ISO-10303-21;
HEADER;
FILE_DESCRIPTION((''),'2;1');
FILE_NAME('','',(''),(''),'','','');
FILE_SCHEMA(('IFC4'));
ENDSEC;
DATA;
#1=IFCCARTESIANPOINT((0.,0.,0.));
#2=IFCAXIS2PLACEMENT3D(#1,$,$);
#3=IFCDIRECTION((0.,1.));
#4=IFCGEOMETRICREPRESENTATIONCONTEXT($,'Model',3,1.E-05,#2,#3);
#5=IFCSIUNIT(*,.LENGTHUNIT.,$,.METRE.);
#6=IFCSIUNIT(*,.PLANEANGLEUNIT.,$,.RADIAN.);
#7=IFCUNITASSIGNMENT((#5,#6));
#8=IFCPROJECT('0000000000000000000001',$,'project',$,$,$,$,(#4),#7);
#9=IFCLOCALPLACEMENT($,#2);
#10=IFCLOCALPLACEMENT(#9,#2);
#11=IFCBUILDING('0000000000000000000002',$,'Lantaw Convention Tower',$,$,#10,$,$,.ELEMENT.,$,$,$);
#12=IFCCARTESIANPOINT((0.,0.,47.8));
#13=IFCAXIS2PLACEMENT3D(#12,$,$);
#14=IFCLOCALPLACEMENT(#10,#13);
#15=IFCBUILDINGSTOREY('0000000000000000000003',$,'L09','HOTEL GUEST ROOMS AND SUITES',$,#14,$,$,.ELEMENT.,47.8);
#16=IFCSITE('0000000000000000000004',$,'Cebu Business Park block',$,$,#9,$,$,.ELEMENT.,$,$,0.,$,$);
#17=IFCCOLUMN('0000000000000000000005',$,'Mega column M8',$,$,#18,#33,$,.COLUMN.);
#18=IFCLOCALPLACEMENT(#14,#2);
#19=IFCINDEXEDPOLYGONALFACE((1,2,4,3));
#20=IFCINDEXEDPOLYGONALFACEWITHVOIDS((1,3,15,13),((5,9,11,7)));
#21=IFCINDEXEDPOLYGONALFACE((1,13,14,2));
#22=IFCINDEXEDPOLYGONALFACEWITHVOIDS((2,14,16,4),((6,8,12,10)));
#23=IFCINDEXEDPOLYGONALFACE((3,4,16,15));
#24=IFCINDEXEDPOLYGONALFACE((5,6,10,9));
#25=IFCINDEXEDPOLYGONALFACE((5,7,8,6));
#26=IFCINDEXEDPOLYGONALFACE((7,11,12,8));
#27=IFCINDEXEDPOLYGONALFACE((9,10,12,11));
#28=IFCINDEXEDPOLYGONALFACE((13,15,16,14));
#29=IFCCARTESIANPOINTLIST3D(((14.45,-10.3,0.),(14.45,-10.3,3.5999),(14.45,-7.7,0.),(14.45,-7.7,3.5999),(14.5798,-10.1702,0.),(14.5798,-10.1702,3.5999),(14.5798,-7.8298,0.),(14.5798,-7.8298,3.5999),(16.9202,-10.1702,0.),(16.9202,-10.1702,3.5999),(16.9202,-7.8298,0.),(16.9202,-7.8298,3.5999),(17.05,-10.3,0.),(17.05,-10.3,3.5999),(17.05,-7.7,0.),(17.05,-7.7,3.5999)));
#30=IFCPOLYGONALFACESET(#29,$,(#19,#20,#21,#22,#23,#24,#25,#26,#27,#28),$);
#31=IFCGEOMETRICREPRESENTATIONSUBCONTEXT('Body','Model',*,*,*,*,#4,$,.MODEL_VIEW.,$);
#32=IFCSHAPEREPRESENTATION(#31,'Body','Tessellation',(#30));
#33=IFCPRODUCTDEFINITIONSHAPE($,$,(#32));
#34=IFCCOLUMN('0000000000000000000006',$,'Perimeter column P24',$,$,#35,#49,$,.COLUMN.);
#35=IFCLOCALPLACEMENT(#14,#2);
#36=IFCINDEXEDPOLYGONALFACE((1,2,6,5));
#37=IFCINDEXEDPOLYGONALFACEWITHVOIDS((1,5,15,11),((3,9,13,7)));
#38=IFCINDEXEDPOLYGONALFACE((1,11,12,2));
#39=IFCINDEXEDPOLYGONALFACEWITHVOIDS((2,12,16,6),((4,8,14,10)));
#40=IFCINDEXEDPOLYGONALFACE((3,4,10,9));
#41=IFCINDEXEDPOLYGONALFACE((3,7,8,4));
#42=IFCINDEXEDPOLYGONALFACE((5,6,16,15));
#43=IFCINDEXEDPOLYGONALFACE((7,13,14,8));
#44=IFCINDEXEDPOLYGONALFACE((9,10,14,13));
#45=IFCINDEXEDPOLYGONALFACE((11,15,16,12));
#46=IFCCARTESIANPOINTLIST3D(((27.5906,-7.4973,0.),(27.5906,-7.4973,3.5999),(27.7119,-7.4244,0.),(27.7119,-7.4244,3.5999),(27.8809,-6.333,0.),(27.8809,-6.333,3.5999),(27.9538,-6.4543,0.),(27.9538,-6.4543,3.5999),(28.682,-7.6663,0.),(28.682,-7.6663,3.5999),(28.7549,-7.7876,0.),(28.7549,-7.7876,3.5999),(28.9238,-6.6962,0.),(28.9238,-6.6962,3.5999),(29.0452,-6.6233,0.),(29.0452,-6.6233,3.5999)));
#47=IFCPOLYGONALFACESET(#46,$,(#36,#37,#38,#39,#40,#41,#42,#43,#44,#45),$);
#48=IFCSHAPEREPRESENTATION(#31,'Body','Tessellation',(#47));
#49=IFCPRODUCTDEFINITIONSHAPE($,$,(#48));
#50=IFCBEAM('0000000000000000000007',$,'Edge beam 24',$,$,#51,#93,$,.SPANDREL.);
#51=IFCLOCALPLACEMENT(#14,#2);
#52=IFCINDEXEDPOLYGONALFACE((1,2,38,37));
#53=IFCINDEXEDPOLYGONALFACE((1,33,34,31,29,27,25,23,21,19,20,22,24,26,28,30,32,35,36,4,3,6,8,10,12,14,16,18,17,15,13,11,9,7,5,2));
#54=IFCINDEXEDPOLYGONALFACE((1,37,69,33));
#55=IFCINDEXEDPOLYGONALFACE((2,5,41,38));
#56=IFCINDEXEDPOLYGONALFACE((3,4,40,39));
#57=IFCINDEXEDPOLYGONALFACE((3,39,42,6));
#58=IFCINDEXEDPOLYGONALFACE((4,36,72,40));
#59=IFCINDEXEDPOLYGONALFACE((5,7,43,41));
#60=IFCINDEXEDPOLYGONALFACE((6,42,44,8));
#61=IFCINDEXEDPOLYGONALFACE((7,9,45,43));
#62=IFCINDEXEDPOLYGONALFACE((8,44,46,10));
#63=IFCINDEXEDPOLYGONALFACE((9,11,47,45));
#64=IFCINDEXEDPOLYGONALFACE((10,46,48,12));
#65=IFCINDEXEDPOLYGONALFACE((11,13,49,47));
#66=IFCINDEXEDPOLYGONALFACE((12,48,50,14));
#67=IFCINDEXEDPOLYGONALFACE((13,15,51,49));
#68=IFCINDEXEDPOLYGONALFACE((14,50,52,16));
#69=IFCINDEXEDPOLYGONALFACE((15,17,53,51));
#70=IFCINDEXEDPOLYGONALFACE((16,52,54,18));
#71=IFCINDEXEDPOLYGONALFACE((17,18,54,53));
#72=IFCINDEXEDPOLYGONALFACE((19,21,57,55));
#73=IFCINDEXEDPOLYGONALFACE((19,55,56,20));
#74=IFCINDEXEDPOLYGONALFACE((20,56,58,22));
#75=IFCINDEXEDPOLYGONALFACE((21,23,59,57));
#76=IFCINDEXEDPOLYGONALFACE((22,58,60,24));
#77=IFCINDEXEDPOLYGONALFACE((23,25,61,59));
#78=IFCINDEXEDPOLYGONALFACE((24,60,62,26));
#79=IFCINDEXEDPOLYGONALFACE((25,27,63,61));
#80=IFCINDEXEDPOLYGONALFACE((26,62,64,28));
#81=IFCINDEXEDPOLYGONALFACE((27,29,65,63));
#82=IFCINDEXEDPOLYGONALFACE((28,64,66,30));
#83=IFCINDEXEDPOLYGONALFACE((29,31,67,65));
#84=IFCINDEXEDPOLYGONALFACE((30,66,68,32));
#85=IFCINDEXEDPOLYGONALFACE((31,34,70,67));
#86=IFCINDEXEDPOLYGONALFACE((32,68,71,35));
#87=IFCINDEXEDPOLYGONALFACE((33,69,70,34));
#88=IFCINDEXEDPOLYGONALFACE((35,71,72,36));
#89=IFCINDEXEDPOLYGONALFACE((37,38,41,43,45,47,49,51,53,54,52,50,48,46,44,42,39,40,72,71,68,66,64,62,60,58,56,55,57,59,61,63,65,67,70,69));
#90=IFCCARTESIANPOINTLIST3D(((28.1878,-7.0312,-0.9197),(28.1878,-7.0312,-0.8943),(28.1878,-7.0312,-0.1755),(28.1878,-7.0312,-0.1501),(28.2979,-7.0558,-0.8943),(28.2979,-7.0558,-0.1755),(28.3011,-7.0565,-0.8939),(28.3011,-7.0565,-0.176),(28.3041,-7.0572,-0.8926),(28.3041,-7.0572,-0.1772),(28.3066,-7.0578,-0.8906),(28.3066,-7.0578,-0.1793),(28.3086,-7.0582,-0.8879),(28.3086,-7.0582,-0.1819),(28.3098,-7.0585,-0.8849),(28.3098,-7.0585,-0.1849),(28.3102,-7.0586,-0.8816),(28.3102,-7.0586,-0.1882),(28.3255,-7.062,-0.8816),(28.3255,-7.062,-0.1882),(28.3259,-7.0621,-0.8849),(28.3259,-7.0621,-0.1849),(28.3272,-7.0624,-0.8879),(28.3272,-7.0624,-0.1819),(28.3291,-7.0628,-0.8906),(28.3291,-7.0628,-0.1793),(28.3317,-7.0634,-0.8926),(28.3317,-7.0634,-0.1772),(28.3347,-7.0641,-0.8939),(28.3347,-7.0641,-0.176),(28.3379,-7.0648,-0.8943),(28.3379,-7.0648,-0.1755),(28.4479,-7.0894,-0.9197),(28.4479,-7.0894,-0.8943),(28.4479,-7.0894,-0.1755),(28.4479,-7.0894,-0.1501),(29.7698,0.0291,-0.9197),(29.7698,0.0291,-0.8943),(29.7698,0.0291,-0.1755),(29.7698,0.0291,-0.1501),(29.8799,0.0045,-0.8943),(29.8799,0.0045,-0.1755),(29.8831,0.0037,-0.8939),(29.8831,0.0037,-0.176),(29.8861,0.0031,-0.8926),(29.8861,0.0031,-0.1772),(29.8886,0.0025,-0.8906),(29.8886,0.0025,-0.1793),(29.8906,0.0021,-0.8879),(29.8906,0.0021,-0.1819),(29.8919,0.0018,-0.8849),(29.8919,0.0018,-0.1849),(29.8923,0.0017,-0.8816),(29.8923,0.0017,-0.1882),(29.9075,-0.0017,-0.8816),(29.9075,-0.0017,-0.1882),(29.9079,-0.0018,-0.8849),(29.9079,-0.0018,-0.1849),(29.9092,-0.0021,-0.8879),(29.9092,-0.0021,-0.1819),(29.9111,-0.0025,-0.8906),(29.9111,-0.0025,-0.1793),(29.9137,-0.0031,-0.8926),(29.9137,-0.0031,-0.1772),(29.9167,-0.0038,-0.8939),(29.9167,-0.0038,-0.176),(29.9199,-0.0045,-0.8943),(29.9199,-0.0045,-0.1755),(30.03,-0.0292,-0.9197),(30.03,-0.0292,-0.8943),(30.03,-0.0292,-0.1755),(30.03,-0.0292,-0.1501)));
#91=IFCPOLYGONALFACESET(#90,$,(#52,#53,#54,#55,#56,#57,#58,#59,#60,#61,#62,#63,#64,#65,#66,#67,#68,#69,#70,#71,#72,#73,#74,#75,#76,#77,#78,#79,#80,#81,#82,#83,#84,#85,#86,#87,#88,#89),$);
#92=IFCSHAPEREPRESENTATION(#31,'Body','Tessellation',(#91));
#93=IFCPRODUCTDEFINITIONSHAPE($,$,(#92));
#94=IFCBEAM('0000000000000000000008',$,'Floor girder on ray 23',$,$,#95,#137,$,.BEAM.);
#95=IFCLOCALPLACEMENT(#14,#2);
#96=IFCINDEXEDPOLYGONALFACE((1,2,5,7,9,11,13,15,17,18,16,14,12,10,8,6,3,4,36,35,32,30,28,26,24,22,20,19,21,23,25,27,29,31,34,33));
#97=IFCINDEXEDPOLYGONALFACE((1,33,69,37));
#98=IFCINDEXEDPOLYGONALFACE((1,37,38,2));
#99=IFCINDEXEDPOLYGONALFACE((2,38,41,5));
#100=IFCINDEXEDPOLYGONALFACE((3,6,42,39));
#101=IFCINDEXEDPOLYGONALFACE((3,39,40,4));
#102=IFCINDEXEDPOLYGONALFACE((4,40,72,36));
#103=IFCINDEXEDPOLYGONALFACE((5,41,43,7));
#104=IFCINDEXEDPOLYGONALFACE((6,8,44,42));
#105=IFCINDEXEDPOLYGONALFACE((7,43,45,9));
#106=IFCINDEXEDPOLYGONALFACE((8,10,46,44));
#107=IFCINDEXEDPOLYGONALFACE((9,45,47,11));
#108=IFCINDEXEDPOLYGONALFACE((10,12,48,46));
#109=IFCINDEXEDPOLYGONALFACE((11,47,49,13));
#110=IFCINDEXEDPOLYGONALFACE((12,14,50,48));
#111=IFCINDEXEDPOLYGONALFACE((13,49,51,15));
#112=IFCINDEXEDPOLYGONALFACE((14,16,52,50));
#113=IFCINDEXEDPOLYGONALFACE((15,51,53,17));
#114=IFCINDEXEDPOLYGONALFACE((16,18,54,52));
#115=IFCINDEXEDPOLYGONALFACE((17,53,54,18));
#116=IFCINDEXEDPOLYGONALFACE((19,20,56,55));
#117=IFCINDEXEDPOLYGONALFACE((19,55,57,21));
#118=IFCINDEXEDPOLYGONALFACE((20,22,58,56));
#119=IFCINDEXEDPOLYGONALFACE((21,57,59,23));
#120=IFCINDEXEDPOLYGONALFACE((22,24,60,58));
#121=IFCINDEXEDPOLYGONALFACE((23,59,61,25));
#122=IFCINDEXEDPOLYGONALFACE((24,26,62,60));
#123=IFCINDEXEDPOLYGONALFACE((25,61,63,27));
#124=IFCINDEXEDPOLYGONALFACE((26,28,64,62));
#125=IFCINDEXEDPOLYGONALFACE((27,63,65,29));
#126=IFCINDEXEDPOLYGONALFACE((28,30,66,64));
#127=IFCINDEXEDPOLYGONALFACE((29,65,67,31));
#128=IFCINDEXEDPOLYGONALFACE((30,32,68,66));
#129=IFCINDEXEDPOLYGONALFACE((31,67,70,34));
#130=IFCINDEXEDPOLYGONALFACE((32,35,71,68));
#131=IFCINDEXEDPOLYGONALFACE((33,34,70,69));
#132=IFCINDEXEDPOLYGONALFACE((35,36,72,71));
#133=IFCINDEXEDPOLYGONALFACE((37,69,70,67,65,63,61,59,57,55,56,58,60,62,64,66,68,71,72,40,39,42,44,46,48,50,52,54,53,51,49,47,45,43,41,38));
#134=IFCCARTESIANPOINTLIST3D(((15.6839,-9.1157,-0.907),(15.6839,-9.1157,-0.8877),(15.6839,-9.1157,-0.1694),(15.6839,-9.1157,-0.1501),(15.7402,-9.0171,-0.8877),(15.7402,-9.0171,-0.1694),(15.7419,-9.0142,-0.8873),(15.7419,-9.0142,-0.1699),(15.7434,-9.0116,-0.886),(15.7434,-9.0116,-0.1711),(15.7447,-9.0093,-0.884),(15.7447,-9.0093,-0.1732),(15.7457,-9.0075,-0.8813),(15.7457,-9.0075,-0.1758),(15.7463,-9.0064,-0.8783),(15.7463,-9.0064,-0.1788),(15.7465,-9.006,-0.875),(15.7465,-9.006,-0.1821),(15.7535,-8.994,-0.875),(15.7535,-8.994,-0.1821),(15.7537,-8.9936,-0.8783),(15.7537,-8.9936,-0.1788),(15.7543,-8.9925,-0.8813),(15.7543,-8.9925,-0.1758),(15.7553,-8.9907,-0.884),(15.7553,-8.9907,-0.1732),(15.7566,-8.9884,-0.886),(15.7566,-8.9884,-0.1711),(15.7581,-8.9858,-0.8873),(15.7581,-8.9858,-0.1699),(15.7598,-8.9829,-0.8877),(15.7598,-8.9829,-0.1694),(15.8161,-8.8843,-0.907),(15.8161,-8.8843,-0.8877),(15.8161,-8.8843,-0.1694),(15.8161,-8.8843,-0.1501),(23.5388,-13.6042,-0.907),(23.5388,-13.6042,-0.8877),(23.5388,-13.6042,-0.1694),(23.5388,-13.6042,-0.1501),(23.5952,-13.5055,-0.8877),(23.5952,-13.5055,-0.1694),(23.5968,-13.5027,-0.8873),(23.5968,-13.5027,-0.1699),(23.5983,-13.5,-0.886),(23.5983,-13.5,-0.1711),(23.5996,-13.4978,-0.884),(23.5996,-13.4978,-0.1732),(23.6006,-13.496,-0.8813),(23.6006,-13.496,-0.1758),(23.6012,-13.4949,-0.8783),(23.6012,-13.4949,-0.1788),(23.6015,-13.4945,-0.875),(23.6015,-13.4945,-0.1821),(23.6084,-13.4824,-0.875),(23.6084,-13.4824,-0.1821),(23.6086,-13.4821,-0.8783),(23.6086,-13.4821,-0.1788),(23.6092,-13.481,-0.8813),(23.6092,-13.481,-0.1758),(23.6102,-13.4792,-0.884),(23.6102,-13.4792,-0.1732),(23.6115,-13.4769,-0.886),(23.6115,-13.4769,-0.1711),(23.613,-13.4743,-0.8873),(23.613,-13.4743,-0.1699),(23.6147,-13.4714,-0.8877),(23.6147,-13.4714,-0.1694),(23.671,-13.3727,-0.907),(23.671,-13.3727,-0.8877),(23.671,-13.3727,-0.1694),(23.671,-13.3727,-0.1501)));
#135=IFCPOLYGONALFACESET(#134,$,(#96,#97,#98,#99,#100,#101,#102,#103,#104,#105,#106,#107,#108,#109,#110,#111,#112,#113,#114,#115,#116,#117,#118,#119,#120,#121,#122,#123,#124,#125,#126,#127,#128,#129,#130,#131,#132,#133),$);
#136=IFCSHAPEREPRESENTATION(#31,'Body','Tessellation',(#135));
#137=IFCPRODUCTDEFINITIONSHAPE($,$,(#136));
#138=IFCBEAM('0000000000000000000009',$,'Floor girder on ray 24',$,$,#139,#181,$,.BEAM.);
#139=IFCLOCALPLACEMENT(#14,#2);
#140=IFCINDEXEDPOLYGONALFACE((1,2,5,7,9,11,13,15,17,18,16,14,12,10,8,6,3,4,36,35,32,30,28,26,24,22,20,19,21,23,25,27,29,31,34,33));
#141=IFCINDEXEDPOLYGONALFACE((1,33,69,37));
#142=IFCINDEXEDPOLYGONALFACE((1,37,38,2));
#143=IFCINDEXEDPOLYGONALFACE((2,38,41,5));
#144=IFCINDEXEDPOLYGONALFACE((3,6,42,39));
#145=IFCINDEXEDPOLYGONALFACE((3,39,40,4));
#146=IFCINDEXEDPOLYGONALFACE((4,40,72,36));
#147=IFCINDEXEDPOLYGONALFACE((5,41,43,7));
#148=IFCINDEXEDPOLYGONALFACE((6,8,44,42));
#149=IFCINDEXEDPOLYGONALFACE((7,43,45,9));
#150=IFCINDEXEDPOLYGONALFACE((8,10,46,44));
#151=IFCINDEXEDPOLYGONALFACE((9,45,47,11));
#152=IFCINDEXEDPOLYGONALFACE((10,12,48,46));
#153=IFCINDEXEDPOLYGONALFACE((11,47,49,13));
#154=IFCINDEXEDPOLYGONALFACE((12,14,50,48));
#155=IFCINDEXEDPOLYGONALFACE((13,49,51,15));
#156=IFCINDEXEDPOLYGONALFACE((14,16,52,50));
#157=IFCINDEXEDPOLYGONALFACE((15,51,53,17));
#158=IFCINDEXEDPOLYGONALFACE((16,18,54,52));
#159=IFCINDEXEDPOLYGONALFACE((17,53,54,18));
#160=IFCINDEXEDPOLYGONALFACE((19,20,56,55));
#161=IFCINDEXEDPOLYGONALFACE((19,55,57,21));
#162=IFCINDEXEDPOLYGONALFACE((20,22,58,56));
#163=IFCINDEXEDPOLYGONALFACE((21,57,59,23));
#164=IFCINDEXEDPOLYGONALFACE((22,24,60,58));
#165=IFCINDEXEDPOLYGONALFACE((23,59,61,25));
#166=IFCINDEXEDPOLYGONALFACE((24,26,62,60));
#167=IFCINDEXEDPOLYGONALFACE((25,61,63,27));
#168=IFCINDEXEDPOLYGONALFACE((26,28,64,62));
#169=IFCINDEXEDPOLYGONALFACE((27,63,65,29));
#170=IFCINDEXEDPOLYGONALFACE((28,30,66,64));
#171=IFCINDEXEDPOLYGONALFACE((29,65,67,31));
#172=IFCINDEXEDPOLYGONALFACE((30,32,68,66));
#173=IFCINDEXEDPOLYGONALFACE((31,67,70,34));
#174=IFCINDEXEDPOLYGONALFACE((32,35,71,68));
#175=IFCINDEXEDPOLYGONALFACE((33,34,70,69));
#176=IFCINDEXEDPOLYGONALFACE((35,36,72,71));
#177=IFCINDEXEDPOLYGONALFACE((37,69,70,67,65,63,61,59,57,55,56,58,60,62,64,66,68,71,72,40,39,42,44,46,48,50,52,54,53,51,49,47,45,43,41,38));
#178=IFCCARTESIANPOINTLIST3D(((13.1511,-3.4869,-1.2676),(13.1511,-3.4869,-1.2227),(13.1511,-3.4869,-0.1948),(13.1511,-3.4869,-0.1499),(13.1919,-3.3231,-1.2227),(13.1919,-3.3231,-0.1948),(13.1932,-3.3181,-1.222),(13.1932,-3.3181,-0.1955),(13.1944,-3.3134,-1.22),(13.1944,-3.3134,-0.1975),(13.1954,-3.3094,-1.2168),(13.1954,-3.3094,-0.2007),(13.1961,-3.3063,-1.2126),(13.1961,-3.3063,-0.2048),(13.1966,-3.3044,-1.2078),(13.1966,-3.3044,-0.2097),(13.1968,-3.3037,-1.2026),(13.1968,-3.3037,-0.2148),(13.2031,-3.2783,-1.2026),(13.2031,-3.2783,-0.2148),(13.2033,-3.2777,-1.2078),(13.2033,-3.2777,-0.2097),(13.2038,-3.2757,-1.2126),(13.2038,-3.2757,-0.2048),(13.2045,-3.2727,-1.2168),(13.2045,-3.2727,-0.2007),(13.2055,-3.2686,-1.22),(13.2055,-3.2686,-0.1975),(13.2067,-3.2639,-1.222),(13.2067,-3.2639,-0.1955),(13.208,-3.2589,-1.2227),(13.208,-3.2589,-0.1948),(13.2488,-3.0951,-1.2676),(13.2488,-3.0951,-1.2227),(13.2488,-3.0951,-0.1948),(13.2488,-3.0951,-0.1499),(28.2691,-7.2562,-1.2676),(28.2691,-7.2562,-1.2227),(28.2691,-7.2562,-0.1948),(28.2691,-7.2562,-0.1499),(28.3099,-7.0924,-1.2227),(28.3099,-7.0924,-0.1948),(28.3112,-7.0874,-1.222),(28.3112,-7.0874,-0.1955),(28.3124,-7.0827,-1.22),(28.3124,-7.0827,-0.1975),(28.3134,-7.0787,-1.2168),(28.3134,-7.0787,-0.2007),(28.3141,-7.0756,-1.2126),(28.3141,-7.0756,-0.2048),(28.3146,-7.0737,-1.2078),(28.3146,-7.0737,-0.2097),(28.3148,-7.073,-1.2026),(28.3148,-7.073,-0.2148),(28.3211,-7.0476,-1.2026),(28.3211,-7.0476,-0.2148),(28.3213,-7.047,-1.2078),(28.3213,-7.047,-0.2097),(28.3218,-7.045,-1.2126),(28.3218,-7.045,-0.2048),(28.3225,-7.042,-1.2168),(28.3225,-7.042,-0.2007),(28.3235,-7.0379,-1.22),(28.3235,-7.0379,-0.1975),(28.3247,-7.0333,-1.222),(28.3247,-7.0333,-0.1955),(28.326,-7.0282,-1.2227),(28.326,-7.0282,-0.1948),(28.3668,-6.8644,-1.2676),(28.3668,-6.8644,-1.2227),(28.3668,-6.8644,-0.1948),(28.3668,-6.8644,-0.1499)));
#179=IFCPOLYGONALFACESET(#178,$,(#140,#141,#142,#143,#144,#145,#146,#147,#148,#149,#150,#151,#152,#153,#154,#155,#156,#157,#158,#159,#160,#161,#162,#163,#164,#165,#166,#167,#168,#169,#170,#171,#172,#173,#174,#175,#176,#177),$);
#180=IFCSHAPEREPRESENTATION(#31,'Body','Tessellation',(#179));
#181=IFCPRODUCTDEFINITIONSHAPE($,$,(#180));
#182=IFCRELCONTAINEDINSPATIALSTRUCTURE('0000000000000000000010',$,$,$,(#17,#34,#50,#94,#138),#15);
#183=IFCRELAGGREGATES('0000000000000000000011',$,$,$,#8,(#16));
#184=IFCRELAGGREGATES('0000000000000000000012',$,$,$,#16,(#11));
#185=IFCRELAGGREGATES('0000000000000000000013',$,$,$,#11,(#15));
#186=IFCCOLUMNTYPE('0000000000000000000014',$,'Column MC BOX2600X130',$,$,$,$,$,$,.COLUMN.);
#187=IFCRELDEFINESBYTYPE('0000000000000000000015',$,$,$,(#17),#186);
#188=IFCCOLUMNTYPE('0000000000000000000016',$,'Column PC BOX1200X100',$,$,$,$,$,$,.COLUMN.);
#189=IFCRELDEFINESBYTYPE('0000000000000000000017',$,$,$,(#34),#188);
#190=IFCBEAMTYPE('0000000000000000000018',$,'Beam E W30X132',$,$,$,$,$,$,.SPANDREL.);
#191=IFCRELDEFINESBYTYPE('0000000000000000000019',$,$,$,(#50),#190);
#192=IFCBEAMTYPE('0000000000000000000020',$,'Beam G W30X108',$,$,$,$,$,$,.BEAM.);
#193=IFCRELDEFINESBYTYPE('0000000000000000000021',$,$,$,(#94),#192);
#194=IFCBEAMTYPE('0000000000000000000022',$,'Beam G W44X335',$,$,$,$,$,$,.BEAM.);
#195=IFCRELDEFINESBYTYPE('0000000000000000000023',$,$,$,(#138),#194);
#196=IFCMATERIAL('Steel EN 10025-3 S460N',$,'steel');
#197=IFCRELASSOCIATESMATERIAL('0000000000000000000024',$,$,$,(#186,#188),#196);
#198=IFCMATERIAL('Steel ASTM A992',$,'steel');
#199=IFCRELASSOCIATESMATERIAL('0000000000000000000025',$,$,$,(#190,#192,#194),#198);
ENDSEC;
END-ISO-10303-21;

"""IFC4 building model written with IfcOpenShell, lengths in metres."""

from ifc_helpers import new_model, si_unit, direction, frame, origin, origin_2d, place, context, subcontext, project, spatial, rectangle, hollow_rectangle, i_section, extrude, material, material_profile, profile_set, type_object, element, save


model = new_model("IFC4")

# Units and contexts
model_context = context("Model", 3, precision=1e-05, world=origin(), true_north=direction((0.0, 1.0)))
body_context = subcontext(model_context, "Body", "Model", "MODEL_VIEW")
ifc_project = project(units=[si_unit("LENGTHUNIT", "METRE"), si_unit("PLANEANGLEUNIT", "RADIAN")], contexts=[model_context])

# Site, building, storey
site_placement = place(None, origin())
site = spatial("IfcSite", under=ifc_project, at=site_placement, Name="Cebu Business Park block", CompositionType="ELEMENT", RefElevation=0.0)
building_placement = place(site_placement, origin())
building = spatial("IfcBuilding", under=site, at=building_placement, Name="Lantaw Convention Tower", CompositionType="ELEMENT")
storey_placement = place(building_placement, frame((0.0, 0.0, 47.8)))
storey = spatial("IfcBuildingStorey", under=building, at=storey_placement, Name="L09", Description="HOTEL GUEST ROOMS AND SUITES", CompositionType="ELEMENT", Elevation=47.8)

# Columns
ifc_material_1 = material(Name="Steel EN 10025-3 S460N", Category="steel")
ifc_material_profile_1 = material_profile(ifc_material_1, hollow_rectangle(XDim=2.6001, YDim=2.6001, WallThickness=0.1299, at=origin_2d()), Name="BOX2600X130")
ifc_material_2 = material(Name="Concrete C60/75", Category="concrete")
ifc_material_profile_2 = material_profile(ifc_material_2, rectangle(XDim=2.3401, YDim=2.3401, at=origin_2d()), Name="Concrete fill of BOX2600X130")
ifc_profile_set_1 = profile_set([ifc_material_profile_1, ifc_material_profile_2], Name="Steel EN 10025-3 S460N")
column_type_1 = type_object("IfcColumnType", Name="Column MC BOX2600X130", PredefinedType="COLUMN", material=ifc_profile_set_1)
column_1_placement = place(storey_placement, frame((15.75, -9.0, 0.0), z_axis=(0.0, 0.0, 1.0), x_axis=(1.0, 0.0, 0.0)))
element("IfcColumn", 1, at=column_1_placement, inside=storey, type_object=column_type_1, Name="Mega column M8", PredefinedType="COLUMN", context=body_context, shape_type="SweptSolid", body=[
    extrude(hollow_rectangle(XDim=2.6001, YDim=2.6001, WallThickness=0.1299, at=origin_2d()), origin(), (0.0, 0.0, 1.0), 3.5999),
])
ifc_material_profile_3 = material_profile(ifc_material_1, hollow_rectangle(XDim=1.2, YDim=1.2, WallThickness=0.1001, at=origin_2d()), Name="BOX1200X100")
ifc_material_profile_4 = material_profile(ifc_material_2, rectangle(XDim=1.0, YDim=1.0, at=origin_2d()), Name="Concrete fill of BOX1200X100")
ifc_profile_set_2 = profile_set([ifc_material_profile_3, ifc_material_profile_4], Name="Steel EN 10025-3 S460N")
column_type_2 = type_object("IfcColumnType", Name="Column PC BOX1200X100", PredefinedType="COLUMN", material=ifc_profile_set_2)
column_2_placement = place(storey_placement, frame((28.3179, -7.0603, 0.0), z_axis=(0.0, 0.0, 1.0), x_axis=(0.241922, 0.970296, 0.0)))
element("IfcColumn", 2, at=column_2_placement, inside=storey, type_object=column_type_2, Name="Perimeter column P24", PredefinedType="COLUMN", context=body_context, shape_type="SweptSolid", body=[
    extrude(hollow_rectangle(XDim=1.2, YDim=1.2, WallThickness=0.1001, at=origin_2d()), origin(), (0.0, 0.0, 1.0), 3.5999),
])

# Beams
ifc_material_3 = material(Name="Steel ASTM A992", Category="steel")
ifc_material_profile_5 = material_profile(ifc_material_3, i_section(OverallWidth=0.2666, OverallDepth=0.7695, WebThickness=0.0156, FlangeThickness=0.0254, FilletRadius=0.0127, at=origin_2d()), Name="W30X132")
ifc_profile_set_3 = profile_set([ifc_material_profile_5], Name="Steel ASTM A992")
beam_type_1 = type_object("IfcBeamType", Name="Beam E W30X132", PredefinedType="SPANDREL", material=ifc_profile_set_3)
beam_1_placement = place(storey_placement, frame((28.3179, -7.0603, -0.5349), z_axis=(0.218652, 0.975803, 0.0), x_axis=(-0.975803, 0.218652, 0.0)))
element("IfcBeam", 3, at=beam_1_placement, inside=storey, type_object=beam_type_1, Name="Edge beam 24", PredefinedType="SPANDREL", context=body_context, shape_type="SweptSolid", body=[
    extrude(i_section(OverallWidth=0.2666, OverallDepth=0.7695, WebThickness=0.0156, FlangeThickness=0.0254, FilletRadius=0.0127, at=origin_2d()), origin(), (0.0, 0.0, 1.0), 7.2354),
])
ifc_material_profile_6 = material_profile(ifc_material_3, i_section(OverallWidth=0.2666, OverallDepth=0.7568, WebThickness=0.0139, FlangeThickness=0.0193, FilletRadius=0.0127, at=origin_2d()), Name="W30X108")
ifc_profile_set_4 = profile_set([ifc_material_profile_6], Name="Steel ASTM A992")
beam_type_2 = type_object("IfcBeamType", Name="Beam G W30X108", PredefinedType="BEAM", material=ifc_profile_set_4)
beam_2_placement = place(storey_placement, frame((15.75, -9.0, -0.5286), z_axis=(0.868245, -0.496136, 0.0), x_axis=(0.496136, 0.868245, 0.0)))
element("IfcBeam", 4, at=beam_2_placement, inside=storey, type_object=beam_type_2, Name="Floor girder on ray 23", PredefinedType="BEAM", context=body_context, shape_type="SweptSolid", body=[
    extrude(i_section(OverallWidth=0.2666, OverallDepth=0.7568, WebThickness=0.0139, FlangeThickness=0.0193, FilletRadius=0.0127, at=origin_2d()), origin(), (0.0, 0.0, 1.0), 9.0469),
])
ifc_material_profile_7 = material_profile(ifc_material_3, i_section(OverallWidth=0.4038, OverallDepth=1.1177, WebThickness=0.0261, FlangeThickness=0.0449, FilletRadius=0.02, at=origin_2d()), Name="W44X335")
ifc_profile_set_5 = profile_set([ifc_material_profile_7], Name="Steel ASTM A992")
beam_type_3 = type_object("IfcBeamType", Name="Beam G W44X335", PredefinedType="BEAM", material=ifc_profile_set_5)
beam_3_placement = place(storey_placement, frame((13.2, -3.291, -0.7087), z_axis=(0.970296, -0.24192, 0.0), x_axis=(0.24192, 0.970296, 0.0)))
element("IfcBeam", 5, at=beam_3_placement, inside=storey, type_object=beam_type_3, Name="Floor girder on ray 24", PredefinedType="BEAM", context=body_context, shape_type="SweptSolid", body=[
    extrude(i_section(OverallWidth=0.4038, OverallDepth=1.1177, WebThickness=0.0261, FlangeThickness=0.0449, FilletRadius=0.02, at=origin_2d()), origin(), (0.0, 0.0, 1.0), 15.5808),
])

save(model, "model.ifc")
